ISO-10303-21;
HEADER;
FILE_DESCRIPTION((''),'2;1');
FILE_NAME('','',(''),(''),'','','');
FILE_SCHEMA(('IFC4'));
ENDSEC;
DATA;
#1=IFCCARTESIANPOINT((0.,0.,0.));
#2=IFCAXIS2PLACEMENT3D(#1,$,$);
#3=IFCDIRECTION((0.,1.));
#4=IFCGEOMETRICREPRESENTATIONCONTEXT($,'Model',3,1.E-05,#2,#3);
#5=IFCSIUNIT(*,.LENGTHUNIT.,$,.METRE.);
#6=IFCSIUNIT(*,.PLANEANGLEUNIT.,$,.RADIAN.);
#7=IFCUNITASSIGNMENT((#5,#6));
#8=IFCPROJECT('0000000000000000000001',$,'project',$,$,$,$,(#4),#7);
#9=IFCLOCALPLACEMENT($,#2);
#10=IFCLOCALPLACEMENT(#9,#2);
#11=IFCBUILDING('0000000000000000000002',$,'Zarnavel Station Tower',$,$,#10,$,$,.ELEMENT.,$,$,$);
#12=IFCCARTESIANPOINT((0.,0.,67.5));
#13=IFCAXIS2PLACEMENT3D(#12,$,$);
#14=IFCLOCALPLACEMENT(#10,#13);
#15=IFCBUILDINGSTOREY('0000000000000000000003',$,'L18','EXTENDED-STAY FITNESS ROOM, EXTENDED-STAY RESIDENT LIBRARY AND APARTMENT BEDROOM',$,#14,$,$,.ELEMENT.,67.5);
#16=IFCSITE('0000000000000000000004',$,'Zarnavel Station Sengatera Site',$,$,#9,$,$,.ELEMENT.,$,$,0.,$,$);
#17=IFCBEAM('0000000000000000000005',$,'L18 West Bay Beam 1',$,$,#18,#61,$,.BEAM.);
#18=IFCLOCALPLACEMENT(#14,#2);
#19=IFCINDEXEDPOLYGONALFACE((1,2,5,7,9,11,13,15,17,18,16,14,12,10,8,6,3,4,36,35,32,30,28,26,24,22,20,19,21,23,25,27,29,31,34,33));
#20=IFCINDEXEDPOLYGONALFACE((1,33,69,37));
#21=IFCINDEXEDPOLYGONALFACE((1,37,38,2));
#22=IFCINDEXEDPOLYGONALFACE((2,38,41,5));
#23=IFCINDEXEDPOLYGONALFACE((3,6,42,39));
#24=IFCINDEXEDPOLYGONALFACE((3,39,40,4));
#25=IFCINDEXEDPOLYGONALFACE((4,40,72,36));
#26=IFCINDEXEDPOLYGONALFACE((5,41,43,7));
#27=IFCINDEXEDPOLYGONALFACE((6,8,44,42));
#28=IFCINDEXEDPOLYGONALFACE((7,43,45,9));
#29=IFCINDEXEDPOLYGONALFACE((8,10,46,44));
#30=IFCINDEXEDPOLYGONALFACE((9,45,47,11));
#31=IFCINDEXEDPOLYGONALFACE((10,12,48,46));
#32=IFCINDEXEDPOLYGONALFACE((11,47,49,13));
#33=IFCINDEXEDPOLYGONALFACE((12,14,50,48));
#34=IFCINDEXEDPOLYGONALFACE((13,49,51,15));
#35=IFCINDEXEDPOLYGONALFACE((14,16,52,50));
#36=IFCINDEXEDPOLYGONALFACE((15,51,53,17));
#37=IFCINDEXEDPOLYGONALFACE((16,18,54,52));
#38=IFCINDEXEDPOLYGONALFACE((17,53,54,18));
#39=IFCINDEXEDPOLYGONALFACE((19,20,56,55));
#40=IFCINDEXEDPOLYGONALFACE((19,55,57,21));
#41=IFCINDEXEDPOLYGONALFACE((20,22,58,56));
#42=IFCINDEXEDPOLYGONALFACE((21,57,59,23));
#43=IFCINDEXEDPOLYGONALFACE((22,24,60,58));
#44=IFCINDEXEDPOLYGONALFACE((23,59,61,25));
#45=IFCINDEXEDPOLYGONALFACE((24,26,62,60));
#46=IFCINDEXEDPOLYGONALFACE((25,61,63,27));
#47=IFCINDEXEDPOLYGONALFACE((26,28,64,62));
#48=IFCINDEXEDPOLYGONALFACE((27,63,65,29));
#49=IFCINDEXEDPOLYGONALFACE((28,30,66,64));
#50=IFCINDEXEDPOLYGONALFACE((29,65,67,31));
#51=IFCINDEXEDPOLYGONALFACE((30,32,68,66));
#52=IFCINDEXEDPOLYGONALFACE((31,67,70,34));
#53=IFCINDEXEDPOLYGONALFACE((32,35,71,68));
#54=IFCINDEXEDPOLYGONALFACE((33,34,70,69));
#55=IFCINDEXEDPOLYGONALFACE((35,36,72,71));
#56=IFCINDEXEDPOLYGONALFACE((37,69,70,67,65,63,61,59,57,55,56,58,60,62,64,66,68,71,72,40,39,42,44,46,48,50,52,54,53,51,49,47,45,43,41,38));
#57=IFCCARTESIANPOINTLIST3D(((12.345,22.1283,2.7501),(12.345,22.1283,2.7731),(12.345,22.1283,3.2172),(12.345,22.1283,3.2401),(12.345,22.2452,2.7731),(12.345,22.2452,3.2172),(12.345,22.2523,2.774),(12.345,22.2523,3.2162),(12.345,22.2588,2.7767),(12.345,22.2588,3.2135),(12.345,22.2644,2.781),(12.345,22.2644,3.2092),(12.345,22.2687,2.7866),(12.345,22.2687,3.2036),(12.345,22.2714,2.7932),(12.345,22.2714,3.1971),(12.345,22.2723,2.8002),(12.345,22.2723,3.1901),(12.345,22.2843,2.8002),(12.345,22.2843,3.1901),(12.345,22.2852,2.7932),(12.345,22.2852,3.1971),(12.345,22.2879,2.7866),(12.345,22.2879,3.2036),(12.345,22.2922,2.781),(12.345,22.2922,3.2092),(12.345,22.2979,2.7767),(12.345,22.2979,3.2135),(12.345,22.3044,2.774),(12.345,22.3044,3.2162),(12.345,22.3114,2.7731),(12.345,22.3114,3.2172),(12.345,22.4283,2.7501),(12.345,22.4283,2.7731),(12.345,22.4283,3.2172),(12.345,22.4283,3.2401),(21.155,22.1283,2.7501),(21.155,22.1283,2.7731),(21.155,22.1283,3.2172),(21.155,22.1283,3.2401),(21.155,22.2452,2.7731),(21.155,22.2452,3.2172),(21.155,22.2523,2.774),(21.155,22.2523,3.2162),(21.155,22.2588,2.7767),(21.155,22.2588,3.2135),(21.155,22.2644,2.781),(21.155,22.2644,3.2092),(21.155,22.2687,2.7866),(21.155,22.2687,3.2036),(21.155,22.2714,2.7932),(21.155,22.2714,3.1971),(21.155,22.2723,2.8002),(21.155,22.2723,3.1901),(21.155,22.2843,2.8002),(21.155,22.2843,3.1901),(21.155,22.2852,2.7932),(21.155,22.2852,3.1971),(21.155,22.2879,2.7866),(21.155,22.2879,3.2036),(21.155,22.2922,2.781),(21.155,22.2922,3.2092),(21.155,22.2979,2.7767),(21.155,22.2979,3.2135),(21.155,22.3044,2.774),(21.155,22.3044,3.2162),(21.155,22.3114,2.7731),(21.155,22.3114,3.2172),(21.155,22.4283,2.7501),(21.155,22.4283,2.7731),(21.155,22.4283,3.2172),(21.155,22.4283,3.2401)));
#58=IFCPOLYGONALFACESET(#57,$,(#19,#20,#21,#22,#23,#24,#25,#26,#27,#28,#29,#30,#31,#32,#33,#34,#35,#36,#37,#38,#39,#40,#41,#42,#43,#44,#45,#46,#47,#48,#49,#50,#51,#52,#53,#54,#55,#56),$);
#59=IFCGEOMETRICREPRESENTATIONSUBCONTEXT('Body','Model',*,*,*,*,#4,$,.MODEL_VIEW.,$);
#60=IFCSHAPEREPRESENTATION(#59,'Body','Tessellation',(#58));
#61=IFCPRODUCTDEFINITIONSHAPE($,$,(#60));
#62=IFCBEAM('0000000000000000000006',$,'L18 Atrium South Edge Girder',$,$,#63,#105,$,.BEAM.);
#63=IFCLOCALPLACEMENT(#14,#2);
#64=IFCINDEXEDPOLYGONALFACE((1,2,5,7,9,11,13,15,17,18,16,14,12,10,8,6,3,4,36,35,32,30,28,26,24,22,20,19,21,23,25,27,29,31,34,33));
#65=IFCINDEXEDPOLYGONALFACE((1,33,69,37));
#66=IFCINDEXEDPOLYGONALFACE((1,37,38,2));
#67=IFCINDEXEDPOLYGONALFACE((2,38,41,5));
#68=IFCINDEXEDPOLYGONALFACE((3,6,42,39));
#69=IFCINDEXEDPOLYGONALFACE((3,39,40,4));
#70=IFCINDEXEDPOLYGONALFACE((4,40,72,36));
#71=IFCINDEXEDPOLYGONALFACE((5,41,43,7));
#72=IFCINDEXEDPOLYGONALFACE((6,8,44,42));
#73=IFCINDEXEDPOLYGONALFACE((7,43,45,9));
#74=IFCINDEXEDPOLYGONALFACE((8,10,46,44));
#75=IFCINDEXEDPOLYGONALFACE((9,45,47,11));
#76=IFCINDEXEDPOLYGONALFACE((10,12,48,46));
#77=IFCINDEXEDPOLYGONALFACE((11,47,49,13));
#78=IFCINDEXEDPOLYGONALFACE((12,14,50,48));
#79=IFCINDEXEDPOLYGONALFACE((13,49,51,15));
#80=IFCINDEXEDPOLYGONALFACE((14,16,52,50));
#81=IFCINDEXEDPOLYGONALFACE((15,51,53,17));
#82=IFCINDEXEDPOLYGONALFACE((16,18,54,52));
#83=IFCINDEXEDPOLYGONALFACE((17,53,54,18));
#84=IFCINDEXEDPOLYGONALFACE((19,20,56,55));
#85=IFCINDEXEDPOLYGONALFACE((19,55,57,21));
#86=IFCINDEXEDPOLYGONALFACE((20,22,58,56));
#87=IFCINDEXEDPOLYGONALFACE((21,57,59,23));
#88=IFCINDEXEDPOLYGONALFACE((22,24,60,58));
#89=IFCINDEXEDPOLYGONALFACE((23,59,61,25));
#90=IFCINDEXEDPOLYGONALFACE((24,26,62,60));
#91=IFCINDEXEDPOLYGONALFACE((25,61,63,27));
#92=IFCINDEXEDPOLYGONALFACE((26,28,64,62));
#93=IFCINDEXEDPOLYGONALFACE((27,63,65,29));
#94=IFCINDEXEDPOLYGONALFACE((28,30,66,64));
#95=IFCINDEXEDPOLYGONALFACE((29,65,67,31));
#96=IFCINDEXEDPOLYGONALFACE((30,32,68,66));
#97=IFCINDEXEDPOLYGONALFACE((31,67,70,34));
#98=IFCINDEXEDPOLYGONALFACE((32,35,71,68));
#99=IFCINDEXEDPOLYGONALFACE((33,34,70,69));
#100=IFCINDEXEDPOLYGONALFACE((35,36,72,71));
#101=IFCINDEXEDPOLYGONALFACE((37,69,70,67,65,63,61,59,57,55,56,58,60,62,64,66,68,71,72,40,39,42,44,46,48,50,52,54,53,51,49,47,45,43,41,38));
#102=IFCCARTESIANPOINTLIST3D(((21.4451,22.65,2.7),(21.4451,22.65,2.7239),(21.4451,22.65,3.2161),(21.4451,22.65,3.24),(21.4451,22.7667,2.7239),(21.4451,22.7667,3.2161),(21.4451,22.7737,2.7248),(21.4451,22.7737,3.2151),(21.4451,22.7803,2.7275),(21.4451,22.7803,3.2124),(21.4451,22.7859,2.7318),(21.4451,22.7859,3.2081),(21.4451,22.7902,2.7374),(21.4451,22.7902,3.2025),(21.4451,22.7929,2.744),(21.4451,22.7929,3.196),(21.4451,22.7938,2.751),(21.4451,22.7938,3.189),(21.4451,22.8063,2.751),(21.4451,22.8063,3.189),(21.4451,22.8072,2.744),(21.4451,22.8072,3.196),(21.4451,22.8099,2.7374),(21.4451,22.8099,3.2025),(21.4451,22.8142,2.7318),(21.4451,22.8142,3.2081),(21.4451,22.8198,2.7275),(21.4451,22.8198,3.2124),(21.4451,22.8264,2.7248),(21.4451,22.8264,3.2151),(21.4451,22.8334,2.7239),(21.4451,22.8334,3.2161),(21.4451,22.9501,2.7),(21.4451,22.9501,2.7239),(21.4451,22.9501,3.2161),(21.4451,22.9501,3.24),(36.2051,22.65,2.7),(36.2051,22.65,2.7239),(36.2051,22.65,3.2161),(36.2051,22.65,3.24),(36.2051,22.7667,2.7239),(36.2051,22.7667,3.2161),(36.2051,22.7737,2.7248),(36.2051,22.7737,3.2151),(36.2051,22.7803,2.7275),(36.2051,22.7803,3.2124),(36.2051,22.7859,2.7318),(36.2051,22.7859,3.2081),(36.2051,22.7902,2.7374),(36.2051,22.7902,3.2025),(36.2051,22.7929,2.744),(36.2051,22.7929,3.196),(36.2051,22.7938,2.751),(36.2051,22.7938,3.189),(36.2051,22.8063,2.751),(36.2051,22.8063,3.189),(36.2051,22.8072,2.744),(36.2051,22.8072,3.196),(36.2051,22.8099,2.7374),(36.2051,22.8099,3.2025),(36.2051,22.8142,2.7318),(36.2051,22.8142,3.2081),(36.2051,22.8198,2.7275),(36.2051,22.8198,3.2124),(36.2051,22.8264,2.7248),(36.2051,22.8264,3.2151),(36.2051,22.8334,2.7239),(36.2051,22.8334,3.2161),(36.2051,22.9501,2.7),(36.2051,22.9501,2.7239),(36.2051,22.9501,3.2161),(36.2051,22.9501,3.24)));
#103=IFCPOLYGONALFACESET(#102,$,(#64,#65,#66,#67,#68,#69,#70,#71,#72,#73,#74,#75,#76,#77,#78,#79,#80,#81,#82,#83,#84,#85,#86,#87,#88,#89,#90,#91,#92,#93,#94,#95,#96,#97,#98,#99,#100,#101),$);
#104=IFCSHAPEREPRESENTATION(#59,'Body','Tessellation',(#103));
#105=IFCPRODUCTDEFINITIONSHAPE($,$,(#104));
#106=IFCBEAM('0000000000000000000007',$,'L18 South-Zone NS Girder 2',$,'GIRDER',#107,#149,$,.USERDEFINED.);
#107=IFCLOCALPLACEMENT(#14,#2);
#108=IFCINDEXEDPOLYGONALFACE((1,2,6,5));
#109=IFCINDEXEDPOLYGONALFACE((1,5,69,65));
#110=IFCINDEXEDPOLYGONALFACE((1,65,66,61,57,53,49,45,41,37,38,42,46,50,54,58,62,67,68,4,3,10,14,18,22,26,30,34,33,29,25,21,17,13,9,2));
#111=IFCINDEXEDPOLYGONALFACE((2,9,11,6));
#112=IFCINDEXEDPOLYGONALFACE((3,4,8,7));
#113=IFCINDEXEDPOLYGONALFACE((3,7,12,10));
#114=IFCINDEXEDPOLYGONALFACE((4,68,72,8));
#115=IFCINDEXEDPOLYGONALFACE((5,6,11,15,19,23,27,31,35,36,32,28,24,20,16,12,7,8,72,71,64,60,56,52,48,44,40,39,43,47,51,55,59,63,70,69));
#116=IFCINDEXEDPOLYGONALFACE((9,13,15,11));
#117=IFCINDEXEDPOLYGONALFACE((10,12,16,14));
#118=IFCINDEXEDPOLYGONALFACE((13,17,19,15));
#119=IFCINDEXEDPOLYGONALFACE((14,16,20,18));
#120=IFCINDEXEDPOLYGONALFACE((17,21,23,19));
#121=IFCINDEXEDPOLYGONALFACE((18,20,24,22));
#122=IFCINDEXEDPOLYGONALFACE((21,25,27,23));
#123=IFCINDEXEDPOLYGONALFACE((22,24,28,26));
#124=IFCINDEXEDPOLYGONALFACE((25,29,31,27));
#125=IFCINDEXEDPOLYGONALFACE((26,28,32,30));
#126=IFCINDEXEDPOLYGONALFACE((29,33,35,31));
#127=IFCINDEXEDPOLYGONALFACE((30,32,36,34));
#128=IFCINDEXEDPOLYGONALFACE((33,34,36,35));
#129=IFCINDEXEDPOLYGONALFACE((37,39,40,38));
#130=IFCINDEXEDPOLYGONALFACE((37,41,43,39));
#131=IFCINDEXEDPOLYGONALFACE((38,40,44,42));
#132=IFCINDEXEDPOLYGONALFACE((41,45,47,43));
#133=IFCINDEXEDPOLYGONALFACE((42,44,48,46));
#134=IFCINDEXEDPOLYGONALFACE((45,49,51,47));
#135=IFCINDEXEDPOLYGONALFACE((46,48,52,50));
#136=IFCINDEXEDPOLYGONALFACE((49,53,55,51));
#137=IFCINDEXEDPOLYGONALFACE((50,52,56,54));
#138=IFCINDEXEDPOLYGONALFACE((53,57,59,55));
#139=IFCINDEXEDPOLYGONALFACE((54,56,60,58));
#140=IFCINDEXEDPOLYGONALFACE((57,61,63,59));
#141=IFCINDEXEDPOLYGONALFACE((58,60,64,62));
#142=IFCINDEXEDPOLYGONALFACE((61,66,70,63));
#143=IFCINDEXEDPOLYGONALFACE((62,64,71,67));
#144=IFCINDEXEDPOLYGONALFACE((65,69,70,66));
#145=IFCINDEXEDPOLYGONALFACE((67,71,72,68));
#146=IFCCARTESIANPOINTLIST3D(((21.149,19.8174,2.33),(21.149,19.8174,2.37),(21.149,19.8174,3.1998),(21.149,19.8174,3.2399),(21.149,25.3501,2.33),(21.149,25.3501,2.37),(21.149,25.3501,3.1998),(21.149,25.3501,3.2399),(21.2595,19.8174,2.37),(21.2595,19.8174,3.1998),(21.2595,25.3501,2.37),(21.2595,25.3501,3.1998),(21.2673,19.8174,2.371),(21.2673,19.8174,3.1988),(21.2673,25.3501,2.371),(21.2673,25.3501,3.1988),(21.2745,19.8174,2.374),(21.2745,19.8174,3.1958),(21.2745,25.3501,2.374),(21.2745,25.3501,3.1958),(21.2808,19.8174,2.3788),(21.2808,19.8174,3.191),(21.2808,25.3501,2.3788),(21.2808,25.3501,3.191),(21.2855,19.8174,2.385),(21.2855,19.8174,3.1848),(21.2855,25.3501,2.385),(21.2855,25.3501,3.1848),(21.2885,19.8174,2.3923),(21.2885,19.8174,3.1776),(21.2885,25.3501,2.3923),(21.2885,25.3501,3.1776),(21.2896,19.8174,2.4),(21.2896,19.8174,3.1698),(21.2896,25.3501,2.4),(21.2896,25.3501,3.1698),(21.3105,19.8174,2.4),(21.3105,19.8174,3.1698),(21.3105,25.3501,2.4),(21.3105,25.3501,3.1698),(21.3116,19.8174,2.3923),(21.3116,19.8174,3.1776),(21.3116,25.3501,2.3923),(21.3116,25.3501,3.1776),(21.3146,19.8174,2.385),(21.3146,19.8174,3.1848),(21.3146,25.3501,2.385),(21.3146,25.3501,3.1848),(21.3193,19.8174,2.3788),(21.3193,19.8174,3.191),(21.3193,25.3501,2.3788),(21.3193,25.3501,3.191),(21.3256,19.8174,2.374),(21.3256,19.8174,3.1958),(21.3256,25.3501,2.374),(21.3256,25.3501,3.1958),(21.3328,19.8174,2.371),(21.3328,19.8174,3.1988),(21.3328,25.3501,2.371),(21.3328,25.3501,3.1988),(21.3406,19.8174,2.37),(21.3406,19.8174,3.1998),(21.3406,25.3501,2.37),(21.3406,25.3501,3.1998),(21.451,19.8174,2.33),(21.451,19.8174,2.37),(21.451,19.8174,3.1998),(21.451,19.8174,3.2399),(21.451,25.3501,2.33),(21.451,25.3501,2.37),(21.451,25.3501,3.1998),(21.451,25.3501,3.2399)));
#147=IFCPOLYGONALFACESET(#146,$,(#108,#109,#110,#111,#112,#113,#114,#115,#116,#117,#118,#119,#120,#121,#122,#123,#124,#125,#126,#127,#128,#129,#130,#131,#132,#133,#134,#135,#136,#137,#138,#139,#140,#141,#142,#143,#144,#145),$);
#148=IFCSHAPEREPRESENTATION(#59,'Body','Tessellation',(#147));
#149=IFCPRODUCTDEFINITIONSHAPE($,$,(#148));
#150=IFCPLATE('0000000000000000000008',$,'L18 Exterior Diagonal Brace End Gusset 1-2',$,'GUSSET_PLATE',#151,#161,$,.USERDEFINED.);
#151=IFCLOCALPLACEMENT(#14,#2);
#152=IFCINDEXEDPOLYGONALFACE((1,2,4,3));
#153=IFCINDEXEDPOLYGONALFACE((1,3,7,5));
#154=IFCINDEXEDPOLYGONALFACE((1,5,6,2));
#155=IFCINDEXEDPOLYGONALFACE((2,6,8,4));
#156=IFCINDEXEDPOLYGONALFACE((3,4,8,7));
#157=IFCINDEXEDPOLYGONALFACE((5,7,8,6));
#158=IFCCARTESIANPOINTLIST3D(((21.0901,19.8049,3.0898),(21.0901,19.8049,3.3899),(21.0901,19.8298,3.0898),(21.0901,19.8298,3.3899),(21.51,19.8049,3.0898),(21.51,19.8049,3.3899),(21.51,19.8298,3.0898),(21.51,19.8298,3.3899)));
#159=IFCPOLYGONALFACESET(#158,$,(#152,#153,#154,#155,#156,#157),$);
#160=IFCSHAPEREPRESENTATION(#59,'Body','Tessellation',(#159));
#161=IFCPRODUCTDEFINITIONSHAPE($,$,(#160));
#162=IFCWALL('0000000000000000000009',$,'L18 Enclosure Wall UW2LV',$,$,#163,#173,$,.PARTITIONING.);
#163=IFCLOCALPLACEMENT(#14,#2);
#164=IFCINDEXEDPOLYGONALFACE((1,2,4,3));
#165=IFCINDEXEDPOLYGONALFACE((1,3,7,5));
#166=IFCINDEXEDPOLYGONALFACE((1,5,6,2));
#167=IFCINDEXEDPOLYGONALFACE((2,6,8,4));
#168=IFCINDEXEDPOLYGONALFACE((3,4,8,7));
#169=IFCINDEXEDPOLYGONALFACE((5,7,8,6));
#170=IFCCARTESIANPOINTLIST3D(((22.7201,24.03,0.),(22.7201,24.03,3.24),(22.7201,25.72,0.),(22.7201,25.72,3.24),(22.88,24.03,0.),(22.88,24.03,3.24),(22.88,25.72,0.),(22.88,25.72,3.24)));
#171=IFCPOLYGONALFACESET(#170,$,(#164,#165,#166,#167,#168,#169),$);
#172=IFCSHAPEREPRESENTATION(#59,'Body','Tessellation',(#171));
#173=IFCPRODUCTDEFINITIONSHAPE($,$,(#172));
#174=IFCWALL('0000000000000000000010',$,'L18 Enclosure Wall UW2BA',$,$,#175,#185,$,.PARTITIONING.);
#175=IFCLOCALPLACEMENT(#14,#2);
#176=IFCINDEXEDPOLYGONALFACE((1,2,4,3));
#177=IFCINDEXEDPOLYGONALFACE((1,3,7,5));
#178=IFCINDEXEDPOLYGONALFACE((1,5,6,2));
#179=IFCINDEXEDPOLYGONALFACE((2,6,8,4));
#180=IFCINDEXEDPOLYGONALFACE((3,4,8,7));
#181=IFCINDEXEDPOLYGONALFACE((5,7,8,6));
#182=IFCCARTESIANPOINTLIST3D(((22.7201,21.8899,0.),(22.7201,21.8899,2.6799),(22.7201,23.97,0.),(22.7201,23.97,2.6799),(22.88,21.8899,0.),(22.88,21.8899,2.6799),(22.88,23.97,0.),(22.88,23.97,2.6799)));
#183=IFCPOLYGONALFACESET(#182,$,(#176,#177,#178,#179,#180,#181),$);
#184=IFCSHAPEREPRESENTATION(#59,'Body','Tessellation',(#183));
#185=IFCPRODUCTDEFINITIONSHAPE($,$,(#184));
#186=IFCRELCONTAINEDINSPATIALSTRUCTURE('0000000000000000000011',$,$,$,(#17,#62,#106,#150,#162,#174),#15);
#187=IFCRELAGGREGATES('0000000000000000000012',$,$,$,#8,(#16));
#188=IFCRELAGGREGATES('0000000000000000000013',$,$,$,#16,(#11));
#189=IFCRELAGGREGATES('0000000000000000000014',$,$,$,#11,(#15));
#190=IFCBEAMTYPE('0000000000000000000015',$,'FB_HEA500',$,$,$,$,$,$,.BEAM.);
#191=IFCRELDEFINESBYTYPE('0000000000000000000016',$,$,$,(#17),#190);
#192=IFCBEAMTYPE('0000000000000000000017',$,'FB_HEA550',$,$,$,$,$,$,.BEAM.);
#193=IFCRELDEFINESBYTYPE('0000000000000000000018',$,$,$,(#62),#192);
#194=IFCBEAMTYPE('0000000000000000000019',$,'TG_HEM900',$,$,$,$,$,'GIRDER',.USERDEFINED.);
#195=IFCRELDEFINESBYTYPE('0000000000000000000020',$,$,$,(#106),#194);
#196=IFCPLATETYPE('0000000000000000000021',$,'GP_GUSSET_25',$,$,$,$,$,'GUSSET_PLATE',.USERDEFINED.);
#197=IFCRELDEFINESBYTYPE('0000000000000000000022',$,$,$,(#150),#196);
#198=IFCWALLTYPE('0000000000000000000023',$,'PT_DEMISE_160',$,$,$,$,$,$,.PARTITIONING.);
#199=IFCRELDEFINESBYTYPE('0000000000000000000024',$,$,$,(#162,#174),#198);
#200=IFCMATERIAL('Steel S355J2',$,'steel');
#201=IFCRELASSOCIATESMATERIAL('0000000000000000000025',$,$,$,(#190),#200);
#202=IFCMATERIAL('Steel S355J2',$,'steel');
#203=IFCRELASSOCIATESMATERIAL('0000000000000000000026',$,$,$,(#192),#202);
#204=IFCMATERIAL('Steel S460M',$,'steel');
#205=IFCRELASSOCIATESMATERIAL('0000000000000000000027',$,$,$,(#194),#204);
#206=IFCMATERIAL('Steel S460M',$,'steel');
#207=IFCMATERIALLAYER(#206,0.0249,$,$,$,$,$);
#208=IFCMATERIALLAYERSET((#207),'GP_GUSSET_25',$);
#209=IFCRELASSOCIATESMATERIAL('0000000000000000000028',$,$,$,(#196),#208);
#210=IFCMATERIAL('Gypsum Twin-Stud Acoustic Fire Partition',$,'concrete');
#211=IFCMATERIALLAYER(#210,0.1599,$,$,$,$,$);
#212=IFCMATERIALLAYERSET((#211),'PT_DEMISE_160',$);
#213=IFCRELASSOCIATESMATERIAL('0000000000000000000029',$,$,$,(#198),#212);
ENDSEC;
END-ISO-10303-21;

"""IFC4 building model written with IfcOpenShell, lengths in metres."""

from ifc_helpers import new_model, si_unit, direction, frame, frame_2d, origin, origin_2d, place, context, subcontext, project, spatial, rectangle, i_section, extrude, material, layer, layer_set, material_profile, profile_set, type_object, element, save


model = new_model("IFC4")

# Units and contexts
model_context = context("Model", 3, precision=1e-05, world=origin(), true_north=direction((0.0, 1.0)))
body_context = subcontext(model_context, "Body", "Model", "MODEL_VIEW")
ifc_project = project(units=[si_unit("LENGTHUNIT", "METRE"), si_unit("PLANEANGLEUNIT", "RADIAN")], contexts=[model_context])

# Site, building, storey
site_placement = place(None, origin())
site = spatial("IfcSite", under=ifc_project, at=site_placement, Name="Zarnavel Station Sengatera Site", CompositionType="ELEMENT", RefElevation=0.0)
building_placement = place(site_placement, origin())
building = spatial("IfcBuilding", under=site, at=building_placement, Name="Zarnavel Station Tower", CompositionType="ELEMENT")
storey_placement = place(building_placement, frame((0.0, 0.0, 67.5)))
storey = spatial("IfcBuildingStorey", under=building, at=storey_placement, Name="L18", Description="EXTENDED-STAY FITNESS ROOM, EXTENDED-STAY RESIDENT LIBRARY AND APARTMENT BEDROOM", CompositionType="ELEMENT", Elevation=67.5)

# Beams
ifc_material_1 = material(Name="Steel S355J2", Category="steel")
ifc_material_profile_1 = material_profile(ifc_material_1, i_section(OverallWidth=0.3, OverallDepth=0.49, WebThickness=0.012, FlangeThickness=0.0229, FilletRadius=0.0271, at=origin_2d()), Name="HEA500")
ifc_profile_set_1 = profile_set([ifc_material_profile_1], Name="Steel S355J2")
beam_type_1 = type_object("IfcBeamType", Name="FB_HEA500", PredefinedType="BEAM", material=ifc_profile_set_1)
beam_1_placement = place(storey_placement, frame((12.345, 22.2783, 2.9951), z_axis=(1.0, 0.0, 0.0), x_axis=(0.0, 1.0, 0.0)))
element("IfcBeam", 1, at=beam_1_placement, inside=storey, type_object=beam_type_1, Name="L18 West Bay Beam 1", PredefinedType="BEAM", context=body_context, shape_type="SweptSolid", body=[
    extrude(i_section(OverallWidth=0.3, OverallDepth=0.49, WebThickness=0.012, FlangeThickness=0.0229, FilletRadius=0.0271, at=origin_2d()), origin(), (0.0, 0.0, 1.0), 8.8101),
])
ifc_material_2 = material(Name="Steel S355J2", Category="steel")
ifc_material_profile_2 = material_profile(ifc_material_2, i_section(OverallWidth=0.3, OverallDepth=0.54, WebThickness=0.0125, FlangeThickness=0.0239, FilletRadius=0.0271, at=origin_2d()), Name="HEA550")
ifc_profile_set_2 = profile_set([ifc_material_profile_2], Name="Steel S355J2")
beam_type_2 = type_object("IfcBeamType", Name="FB_HEA550", PredefinedType="BEAM", material=ifc_profile_set_2)
beam_2_placement = place(storey_placement, frame((21.4451, 22.8, 2.97), z_axis=(1.0, 0.0, 0.0), x_axis=(0.0, 1.0, 0.0)))
element("IfcBeam", 2, at=beam_2_placement, inside=storey, type_object=beam_type_2, Name="L18 Atrium South Edge Girder", PredefinedType="BEAM", context=body_context, shape_type="SweptSolid", body=[
    extrude(i_section(OverallWidth=0.3, OverallDepth=0.54, WebThickness=0.0125, FlangeThickness=0.0239, FilletRadius=0.0271, at=origin_2d()), origin(), (0.0, 0.0, 1.0), 14.76),
])
ifc_material_3 = material(Name="Steel S460M", Category="steel")
ifc_material_profile_3 = material_profile(ifc_material_3, i_section(OverallWidth=0.302, OverallDepth=0.9099, WebThickness=0.021, FlangeThickness=0.04, FilletRadius=0.03, at=origin_2d()), Name="HEM900")
ifc_profile_set_3 = profile_set([ifc_material_profile_3], Name="Steel S460M")
beam_type_3 = type_object("IfcBeamType", Name="TG_HEM900", ElementType="GIRDER", PredefinedType="USERDEFINED", material=ifc_profile_set_3)
beam_3_placement = place(storey_placement, frame((21.3, 19.8174, 2.7849), z_axis=(0.0, 1.0, 0.0), x_axis=(-1.0, 0.0, 0.0)))
element("IfcBeam", 3, at=beam_3_placement, inside=storey, type_object=beam_type_3, Name="L18 South-Zone NS Girder 2", ObjectType="GIRDER", PredefinedType="USERDEFINED", context=body_context, shape_type="SweptSolid", body=[
    extrude(i_section(OverallWidth=0.302, OverallDepth=0.9099, WebThickness=0.021, FlangeThickness=0.04, FilletRadius=0.03, at=origin_2d()), origin(), (0.0, 0.0, 1.0), 5.5327),
])

# Plate
ifc_material_4 = material(Name="Steel S460M", Category="steel")
ifc_layer_1 = layer(ifc_material_4, 0.0249)
ifc_layer_set_1 = layer_set([ifc_layer_1], Name="GP_GUSSET_25")
plate_type = type_object("IfcPlateType", Name="GP_GUSSET_25", ElementType="GUSSET_PLATE", PredefinedType="USERDEFINED", material=ifc_layer_set_1)
plate_placement = place(storey_placement, frame((21.3, 19.8174, 3.0898), z_axis=(0.0, 0.0, 1.0), x_axis=(1.0, 0.0, 0.0)))
element("IfcPlate", 4, at=plate_placement, inside=storey, type_object=plate_type, Name="L18 Exterior Diagonal Brace End Gusset 1-2", ObjectType="GUSSET_PLATE", PredefinedType="USERDEFINED", context=body_context, shape_type="SweptSolid", body=[
    extrude(rectangle(XDim=0.4199, YDim=0.0249, at=origin_2d()), origin(), (0.0, 0.0, 1.0), 0.3),
])

# Walls
ifc_material_5 = material(Name="Gypsum Twin-Stud Acoustic Fire Partition", Category="concrete")
ifc_layer_2 = layer(ifc_material_5, 0.1599)
ifc_layer_set_2 = layer_set([ifc_layer_2], Name="PT_DEMISE_160")
wall_type_1 = type_object("IfcWallType", Name="PT_DEMISE_160", PredefinedType="PARTITIONING", material=ifc_layer_set_2)
wall_1_placement = place(storey_placement, frame((22.8, 24.03, 0.0), z_axis=(0.0, 0.0, 1.0), x_axis=(0.0, 1.0, 0.0)))
element("IfcWall", 5, at=wall_1_placement, inside=storey, type_object=wall_type_1, Name="L18 Enclosure Wall UW2LV", PredefinedType="PARTITIONING", context=body_context, shape_type="SweptSolid", body=[
    extrude(rectangle(XDim=1.6899, YDim=0.1599, at=frame_2d((0.845, 0.0))), origin(), (0.0, 0.0, 1.0), 3.24),
])
wall_2_placement = place(storey_placement, frame((22.8, 21.8899, 0.0), z_axis=(0.0, 0.0, 1.0), x_axis=(0.0, 1.0, 0.0)))
element("IfcWall", 6, at=wall_2_placement, inside=storey, type_object=wall_type_1, Name="L18 Enclosure Wall UW2BA", PredefinedType="PARTITIONING", context=body_context, shape_type="SweptSolid", body=[
    extrude(rectangle(XDim=2.0801, YDim=0.1599, at=frame_2d((1.04, 0.0))), origin(), (0.0, 0.0, 1.0), 2.6799),
])

save(model, "model.ifc")
